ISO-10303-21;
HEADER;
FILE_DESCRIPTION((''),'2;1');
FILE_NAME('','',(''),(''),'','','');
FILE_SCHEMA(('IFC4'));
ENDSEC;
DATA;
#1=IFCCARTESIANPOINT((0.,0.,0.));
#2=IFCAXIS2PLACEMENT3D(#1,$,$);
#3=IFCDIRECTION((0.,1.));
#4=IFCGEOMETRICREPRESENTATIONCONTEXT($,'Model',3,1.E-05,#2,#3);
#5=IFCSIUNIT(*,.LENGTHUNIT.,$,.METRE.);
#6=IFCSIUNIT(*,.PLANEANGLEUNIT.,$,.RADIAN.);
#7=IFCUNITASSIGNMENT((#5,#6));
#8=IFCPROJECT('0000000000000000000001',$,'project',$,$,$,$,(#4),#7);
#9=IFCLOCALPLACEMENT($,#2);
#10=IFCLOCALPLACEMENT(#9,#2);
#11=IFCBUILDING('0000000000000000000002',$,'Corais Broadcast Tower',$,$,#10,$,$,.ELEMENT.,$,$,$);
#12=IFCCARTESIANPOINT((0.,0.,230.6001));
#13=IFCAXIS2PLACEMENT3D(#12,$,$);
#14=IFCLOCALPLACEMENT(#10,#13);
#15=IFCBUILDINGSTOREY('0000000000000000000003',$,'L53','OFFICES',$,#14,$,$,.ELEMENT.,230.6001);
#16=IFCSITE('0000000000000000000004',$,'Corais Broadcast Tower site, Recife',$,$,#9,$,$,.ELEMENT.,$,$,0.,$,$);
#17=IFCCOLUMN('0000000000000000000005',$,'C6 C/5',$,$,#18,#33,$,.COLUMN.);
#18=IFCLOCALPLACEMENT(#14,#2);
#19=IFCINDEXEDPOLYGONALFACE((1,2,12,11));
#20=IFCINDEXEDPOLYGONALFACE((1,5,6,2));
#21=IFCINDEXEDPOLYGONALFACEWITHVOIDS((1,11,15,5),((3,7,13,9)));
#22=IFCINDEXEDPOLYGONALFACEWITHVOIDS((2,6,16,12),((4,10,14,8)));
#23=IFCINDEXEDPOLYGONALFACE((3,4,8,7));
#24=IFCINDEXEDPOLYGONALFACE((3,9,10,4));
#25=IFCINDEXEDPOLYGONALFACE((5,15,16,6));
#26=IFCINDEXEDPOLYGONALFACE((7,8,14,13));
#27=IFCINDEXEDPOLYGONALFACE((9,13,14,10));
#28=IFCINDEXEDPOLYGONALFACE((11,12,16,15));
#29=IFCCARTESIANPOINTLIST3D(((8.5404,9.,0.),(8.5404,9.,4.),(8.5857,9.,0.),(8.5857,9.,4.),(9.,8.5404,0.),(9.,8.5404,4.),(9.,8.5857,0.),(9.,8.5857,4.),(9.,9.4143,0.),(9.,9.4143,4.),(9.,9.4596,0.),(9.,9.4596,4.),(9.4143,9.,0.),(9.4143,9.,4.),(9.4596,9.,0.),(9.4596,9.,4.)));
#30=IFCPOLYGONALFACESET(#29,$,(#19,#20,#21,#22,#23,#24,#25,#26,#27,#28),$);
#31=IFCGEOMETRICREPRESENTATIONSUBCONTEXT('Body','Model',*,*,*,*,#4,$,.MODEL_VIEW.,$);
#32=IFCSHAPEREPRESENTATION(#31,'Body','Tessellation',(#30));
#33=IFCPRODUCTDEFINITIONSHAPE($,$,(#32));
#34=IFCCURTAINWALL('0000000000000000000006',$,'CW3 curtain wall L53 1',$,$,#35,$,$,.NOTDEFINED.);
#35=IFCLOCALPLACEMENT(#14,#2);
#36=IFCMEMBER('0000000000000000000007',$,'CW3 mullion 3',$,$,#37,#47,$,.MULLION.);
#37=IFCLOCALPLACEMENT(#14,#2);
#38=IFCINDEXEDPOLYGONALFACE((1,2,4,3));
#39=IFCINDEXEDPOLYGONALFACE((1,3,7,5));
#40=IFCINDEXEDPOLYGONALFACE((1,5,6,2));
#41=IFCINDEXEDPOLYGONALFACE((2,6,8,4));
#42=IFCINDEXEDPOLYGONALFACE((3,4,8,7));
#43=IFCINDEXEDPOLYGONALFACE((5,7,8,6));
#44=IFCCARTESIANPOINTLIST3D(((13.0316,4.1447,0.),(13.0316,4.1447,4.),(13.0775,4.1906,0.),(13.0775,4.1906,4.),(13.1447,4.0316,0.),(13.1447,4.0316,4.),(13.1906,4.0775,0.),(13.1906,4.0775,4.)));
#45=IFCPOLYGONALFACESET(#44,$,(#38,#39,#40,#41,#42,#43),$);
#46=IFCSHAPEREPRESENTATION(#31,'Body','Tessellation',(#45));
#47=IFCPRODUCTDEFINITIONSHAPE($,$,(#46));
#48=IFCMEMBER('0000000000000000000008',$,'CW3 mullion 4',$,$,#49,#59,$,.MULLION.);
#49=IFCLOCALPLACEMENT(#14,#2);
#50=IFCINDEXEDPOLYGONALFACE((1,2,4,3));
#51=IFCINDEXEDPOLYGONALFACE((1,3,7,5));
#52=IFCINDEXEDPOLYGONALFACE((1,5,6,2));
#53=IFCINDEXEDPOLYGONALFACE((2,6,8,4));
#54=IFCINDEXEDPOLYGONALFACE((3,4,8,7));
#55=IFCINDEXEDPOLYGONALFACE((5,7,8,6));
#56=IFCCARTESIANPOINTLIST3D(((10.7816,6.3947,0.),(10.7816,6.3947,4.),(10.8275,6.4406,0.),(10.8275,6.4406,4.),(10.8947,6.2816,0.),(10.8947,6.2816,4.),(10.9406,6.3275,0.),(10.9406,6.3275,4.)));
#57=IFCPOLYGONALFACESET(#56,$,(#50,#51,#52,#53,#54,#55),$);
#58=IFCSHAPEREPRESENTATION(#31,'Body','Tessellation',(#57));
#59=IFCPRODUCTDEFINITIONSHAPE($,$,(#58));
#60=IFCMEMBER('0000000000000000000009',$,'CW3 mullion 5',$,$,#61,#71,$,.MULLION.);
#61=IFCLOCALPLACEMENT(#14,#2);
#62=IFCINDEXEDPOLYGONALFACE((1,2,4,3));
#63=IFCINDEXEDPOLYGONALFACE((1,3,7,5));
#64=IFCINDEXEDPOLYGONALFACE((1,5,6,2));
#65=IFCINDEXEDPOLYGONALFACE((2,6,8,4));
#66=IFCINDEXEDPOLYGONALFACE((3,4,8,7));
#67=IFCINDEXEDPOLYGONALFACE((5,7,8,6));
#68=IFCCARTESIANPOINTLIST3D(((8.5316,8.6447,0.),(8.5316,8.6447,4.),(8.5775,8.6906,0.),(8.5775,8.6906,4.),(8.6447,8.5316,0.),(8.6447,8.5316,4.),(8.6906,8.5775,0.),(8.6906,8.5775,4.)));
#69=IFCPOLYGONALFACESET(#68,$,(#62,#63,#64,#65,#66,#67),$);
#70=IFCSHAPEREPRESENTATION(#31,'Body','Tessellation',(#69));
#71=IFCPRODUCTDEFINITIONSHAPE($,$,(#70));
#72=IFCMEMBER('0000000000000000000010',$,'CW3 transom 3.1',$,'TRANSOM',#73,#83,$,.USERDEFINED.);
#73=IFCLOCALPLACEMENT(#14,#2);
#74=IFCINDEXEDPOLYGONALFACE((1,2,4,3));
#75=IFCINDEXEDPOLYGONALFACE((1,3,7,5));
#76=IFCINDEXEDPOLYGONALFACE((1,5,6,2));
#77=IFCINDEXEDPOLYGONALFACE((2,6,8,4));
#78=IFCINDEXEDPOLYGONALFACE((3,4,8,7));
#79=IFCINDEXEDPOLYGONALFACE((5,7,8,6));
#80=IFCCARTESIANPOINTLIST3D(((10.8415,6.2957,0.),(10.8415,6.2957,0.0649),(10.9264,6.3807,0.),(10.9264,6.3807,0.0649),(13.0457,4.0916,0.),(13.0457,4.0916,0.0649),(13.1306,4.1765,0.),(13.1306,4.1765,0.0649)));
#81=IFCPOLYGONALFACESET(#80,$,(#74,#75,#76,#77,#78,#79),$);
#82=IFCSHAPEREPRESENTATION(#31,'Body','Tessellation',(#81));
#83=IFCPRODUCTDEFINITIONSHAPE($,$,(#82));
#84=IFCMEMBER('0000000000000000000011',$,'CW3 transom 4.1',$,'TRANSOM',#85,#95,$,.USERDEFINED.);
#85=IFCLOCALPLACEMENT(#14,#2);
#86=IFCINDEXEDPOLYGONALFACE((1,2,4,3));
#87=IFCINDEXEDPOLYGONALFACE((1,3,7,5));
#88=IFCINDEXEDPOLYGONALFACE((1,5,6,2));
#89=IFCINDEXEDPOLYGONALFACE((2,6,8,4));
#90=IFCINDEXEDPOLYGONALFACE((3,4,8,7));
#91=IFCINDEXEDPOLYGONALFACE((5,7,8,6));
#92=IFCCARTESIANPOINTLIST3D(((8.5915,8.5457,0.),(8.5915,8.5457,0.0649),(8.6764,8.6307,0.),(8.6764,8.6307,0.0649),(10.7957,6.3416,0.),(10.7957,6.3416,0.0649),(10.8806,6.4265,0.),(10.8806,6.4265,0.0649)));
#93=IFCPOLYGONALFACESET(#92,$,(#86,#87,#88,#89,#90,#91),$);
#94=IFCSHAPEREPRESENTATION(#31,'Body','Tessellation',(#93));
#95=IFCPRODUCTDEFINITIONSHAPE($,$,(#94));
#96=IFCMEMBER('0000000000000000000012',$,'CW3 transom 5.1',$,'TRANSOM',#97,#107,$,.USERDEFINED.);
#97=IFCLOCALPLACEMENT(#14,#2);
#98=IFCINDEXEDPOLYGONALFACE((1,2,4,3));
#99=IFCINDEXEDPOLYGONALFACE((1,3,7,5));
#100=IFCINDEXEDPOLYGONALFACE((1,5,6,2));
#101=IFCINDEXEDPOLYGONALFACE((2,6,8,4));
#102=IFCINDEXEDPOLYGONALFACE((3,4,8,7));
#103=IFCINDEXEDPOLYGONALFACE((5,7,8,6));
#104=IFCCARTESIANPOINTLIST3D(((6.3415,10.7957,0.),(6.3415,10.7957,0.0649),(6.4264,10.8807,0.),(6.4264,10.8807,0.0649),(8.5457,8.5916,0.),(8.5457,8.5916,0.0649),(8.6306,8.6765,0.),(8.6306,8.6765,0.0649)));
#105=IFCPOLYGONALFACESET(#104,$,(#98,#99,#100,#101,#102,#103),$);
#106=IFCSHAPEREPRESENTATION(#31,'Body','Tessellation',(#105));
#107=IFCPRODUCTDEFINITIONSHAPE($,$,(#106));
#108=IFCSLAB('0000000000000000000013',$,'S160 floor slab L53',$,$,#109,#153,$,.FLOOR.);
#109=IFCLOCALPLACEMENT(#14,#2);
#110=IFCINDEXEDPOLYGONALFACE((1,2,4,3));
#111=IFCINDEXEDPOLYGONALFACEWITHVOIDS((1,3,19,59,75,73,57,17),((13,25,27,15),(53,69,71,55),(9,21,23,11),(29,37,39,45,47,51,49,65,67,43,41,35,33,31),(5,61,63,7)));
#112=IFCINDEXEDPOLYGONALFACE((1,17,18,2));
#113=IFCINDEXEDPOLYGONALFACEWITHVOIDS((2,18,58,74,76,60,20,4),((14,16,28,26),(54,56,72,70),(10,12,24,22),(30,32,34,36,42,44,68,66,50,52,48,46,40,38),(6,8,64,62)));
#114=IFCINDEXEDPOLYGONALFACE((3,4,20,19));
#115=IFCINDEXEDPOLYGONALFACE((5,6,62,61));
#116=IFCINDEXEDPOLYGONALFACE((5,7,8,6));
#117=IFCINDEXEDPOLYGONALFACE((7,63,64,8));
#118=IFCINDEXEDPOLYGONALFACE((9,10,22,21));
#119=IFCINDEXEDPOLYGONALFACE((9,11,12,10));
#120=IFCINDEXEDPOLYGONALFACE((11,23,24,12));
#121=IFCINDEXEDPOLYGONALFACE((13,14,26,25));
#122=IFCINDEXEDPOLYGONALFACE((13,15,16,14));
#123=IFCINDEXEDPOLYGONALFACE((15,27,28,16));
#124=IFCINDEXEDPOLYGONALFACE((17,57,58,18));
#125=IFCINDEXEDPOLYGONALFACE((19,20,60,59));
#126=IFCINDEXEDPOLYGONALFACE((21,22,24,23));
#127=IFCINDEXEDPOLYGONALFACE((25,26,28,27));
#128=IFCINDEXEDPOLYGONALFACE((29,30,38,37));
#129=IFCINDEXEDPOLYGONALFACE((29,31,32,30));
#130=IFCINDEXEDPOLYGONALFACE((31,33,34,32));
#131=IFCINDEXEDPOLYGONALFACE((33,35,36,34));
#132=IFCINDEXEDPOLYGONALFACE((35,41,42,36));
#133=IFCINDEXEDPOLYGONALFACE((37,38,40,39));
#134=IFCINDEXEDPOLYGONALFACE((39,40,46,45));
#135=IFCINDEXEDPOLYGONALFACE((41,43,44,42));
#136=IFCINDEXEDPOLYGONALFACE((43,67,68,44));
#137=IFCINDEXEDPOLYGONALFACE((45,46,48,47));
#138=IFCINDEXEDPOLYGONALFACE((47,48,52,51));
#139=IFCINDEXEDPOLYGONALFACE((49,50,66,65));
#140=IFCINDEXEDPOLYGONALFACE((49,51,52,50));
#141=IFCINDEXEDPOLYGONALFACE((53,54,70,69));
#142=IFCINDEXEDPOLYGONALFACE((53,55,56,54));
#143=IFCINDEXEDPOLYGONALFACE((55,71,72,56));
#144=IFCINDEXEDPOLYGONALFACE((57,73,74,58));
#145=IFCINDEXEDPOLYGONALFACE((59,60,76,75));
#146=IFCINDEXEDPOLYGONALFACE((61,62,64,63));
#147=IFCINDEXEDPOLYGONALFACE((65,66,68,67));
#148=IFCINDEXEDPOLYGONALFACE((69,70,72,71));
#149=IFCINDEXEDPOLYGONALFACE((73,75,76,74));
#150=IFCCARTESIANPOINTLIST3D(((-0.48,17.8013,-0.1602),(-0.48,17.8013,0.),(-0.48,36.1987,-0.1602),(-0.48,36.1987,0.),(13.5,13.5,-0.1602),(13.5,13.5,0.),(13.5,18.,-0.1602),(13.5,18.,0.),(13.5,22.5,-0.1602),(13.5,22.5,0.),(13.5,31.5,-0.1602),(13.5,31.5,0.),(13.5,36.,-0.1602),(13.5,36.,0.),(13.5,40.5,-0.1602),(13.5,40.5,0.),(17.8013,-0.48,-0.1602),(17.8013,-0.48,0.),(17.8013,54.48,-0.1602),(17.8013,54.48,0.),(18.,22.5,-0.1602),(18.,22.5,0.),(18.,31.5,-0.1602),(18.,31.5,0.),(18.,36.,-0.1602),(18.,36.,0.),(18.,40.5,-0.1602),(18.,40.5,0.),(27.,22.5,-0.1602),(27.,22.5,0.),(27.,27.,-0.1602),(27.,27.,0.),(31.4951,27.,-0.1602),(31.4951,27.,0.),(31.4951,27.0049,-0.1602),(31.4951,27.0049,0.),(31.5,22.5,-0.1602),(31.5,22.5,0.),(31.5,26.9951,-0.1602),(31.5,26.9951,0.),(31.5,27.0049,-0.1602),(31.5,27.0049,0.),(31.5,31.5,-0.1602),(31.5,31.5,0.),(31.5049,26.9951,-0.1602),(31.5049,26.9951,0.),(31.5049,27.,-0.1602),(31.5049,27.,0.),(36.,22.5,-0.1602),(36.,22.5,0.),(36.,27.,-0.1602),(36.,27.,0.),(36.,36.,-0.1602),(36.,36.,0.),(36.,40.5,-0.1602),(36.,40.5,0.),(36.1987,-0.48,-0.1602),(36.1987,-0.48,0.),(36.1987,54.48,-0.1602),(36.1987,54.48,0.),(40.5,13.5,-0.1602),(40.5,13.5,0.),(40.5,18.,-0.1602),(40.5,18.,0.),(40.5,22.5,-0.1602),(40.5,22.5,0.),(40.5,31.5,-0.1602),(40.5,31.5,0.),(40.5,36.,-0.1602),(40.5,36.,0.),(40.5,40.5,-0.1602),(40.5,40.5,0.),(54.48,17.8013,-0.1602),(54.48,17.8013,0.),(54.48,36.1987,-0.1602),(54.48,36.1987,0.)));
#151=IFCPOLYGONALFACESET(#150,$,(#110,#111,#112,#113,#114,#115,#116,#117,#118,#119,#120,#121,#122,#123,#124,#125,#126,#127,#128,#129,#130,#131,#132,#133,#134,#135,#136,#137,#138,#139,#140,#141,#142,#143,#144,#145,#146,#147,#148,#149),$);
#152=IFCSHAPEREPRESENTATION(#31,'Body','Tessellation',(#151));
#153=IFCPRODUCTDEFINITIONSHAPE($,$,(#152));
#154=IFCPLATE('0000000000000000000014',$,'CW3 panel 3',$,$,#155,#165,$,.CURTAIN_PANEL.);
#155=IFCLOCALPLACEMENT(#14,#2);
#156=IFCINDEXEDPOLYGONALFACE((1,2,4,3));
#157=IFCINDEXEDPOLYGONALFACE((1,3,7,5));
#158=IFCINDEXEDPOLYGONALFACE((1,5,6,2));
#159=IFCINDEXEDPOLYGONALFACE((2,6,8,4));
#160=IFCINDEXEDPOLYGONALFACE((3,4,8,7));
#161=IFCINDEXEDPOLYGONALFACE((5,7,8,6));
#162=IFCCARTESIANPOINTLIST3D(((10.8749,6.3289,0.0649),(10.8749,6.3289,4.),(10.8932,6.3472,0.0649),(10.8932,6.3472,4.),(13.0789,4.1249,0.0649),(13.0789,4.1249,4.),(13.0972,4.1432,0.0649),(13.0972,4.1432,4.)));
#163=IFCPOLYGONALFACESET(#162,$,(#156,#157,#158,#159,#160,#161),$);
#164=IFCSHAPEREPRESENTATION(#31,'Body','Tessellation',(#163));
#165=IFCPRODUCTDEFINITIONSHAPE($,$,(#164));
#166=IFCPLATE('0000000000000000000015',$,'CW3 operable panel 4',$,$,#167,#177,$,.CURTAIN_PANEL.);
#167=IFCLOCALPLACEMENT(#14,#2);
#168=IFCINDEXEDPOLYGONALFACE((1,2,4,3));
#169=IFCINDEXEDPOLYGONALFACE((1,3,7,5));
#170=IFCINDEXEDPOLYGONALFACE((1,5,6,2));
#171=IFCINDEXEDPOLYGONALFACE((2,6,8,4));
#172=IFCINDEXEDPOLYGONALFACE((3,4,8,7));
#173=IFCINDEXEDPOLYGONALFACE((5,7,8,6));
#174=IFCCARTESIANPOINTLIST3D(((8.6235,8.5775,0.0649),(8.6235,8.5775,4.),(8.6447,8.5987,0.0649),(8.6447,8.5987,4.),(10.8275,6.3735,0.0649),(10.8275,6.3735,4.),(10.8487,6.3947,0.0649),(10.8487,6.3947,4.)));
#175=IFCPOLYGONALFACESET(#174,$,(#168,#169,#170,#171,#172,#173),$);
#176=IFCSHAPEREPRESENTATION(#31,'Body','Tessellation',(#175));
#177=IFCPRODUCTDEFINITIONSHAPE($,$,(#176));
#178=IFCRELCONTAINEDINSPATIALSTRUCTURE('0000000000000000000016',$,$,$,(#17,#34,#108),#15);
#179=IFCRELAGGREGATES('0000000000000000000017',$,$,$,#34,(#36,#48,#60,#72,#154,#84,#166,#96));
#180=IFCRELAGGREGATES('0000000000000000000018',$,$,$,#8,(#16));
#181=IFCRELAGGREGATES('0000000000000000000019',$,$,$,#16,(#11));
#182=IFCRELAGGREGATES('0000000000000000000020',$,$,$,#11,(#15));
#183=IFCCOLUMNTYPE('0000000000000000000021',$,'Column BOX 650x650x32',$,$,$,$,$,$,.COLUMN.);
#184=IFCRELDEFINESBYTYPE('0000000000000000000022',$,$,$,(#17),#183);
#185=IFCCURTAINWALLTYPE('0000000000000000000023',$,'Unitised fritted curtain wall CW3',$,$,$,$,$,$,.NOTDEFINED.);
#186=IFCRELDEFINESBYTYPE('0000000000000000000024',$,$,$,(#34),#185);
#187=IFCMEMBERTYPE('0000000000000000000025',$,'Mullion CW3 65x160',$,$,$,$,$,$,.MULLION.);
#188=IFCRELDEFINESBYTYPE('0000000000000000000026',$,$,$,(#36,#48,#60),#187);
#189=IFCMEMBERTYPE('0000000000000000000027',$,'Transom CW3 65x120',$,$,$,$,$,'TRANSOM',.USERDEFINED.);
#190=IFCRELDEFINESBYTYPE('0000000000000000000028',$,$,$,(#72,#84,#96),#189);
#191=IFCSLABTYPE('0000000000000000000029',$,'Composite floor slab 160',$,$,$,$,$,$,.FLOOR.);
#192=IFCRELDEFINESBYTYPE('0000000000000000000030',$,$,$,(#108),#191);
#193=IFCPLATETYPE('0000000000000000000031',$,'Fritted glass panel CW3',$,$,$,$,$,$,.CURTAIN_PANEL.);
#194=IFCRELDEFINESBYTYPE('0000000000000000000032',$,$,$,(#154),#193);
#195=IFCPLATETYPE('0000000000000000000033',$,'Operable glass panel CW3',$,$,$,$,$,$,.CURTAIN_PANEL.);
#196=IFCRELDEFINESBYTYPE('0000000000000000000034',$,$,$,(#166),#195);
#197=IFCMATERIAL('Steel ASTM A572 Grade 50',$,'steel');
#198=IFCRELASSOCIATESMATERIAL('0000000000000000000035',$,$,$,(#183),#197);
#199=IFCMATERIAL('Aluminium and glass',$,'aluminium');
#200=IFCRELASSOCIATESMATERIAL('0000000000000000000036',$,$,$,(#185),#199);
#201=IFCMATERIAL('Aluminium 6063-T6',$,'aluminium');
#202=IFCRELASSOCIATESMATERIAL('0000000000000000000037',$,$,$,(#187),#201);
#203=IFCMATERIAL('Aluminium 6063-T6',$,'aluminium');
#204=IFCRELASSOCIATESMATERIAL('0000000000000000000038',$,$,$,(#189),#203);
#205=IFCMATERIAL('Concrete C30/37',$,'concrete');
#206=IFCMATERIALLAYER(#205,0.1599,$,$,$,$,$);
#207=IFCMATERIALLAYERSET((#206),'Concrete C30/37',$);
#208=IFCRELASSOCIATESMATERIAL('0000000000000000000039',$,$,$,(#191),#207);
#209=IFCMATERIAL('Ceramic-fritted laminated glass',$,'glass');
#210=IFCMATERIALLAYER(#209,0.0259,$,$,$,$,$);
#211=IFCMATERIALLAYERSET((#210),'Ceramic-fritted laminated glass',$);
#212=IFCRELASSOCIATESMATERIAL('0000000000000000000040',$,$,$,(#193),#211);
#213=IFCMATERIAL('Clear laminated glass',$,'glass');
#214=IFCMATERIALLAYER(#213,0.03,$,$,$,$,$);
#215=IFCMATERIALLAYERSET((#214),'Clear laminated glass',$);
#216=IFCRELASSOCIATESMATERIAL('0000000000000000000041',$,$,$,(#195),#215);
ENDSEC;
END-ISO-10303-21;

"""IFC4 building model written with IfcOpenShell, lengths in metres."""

from ifc_helpers import new_model, si_unit, direction, frame, origin, origin_2d, place, context, subcontext, project, spatial, polyline, rectangle, hollow_rectangle, outline, extrude, material, layer, layer_set, material_profile, profile_set, type_object, element, aggregate, save


model = new_model("IFC4")

# Units and contexts
model_context = context("Model", 3, precision=1e-05, world=origin(), true_north=direction((0.0, 1.0)))
body_context = subcontext(model_context, "Body", "Model", "MODEL_VIEW")
ifc_project = project(units=[si_unit("LENGTHUNIT", "METRE"), si_unit("PLANEANGLEUNIT", "RADIAN")], contexts=[model_context])

# Site, building, storey
site_placement = place(None, origin())
site = spatial("IfcSite", under=ifc_project, at=site_placement, Name="Corais Broadcast Tower site, Recife", CompositionType="ELEMENT", RefElevation=0.0)
building_placement = place(site_placement, origin())
building = spatial("IfcBuilding", under=site, at=building_placement, Name="Corais Broadcast Tower", CompositionType="ELEMENT")
storey_placement = place(building_placement, frame((0.0, 0.0, 230.6001)))
storey = spatial("IfcBuildingStorey", under=building, at=storey_placement, Name="L53", Description="OFFICES", CompositionType="ELEMENT", Elevation=230.6001)

# Column
ifc_material_1 = material(Name="Steel ASTM A572 Grade 50", Category="steel")
ifc_material_profile_1 = material_profile(ifc_material_1, hollow_rectangle(XDim=0.6499, YDim=0.6499, WallThickness=0.032, at=origin_2d()), Name="BOX 650x650x32")
ifc_profile_set_1 = profile_set([ifc_material_profile_1], Name="Steel ASTM A572 Grade 50")
column_type = type_object("IfcColumnType", Name="Column BOX 650x650x32", PredefinedType="COLUMN", material=ifc_profile_set_1)
column_placement = place(storey_placement, frame((9.0, 9.0, 0.0), z_axis=(0.0, 0.0, 1.0), x_axis=(0.707107, 0.707107, 0.0)))
element("IfcColumn", 1, at=column_placement, inside=storey, type_object=column_type, Name="C6 C/5", PredefinedType="COLUMN", context=body_context, shape_type="SweptSolid", body=[
    extrude(hollow_rectangle(XDim=0.6499, YDim=0.6499, WallThickness=0.032, at=origin_2d()), origin(), (0.0, 0.0, 1.0), 4.0),
])

# Curtain wall, members
ifc_material_2 = material(Name="Aluminium and glass", Category="aluminium")
curtain_wall_type = type_object("IfcCurtainWallType", Name="Unitised fritted curtain wall CW3", PredefinedType="NOTDEFINED", material=ifc_material_2)
curtain_wall_placement = place(storey_placement, origin())
curtain_wall = element("IfcCurtainWall", 2, at=curtain_wall_placement, inside=storey, type_object=curtain_wall_type, Name="CW3 curtain wall L53 1", PredefinedType="NOTDEFINED")
ifc_material_3 = material(Name="Aluminium 6063-T6", Category="aluminium")
ifc_material_profile_2 = material_profile(ifc_material_3, rectangle(XDim=0.0649, YDim=0.1599, at=origin_2d()), Name="Mullion CW3 65x160")
ifc_profile_set_2 = profile_set([ifc_material_profile_2], Name="Aluminium 6063-T6")
member_type_1 = type_object("IfcMemberType", Name="Mullion CW3 65x160", PredefinedType="MULLION", material=ifc_profile_set_2)
member_1_placement = place(storey_placement, frame((13.1111, 4.1111, 0.0), z_axis=(0.0, 0.0, 1.0), x_axis=(-0.707107, -0.707107, 0.0)))
member_1 = element("IfcMember", 3, at=member_1_placement, type_object=member_type_1, Name="CW3 mullion 3", PredefinedType="MULLION", context=body_context, shape_type="SweptSolid", body=[
    extrude(rectangle(XDim=0.0649, YDim=0.1599, at=origin_2d()), origin(), (0.0, 0.0, 1.0), 4.0),
])
member_2_placement = place(storey_placement, frame((10.8611, 6.3611, 0.0), z_axis=(0.0, 0.0, 1.0), x_axis=(-0.707107, -0.707107, 0.0)))
member_2 = element("IfcMember", 4, at=member_2_placement, type_object=member_type_1, Name="CW3 mullion 4", PredefinedType="MULLION", context=body_context, shape_type="SweptSolid", body=[
    extrude(rectangle(XDim=0.0649, YDim=0.1599, at=origin_2d()), origin(), (0.0, 0.0, 1.0), 4.0),
])
member_3_placement = place(storey_placement, frame((8.6111, 8.6111, 0.0), z_axis=(0.0, 0.0, 1.0), x_axis=(-0.707107, -0.707107, 0.0)))
member_3 = element("IfcMember", 5, at=member_3_placement, type_object=member_type_1, Name="CW3 mullion 5", PredefinedType="MULLION", context=body_context, shape_type="SweptSolid", body=[
    extrude(rectangle(XDim=0.0649, YDim=0.1599, at=origin_2d()), origin(), (0.0, 0.0, 1.0), 4.0),
])
ifc_material_4 = material(Name="Aluminium 6063-T6", Category="aluminium")
ifc_material_profile_3 = material_profile(ifc_material_4, rectangle(XDim=0.1201, YDim=0.0649, at=origin_2d()), Name="Transom CW3 65x120")
ifc_profile_set_3 = profile_set([ifc_material_profile_3], Name="Aluminium 6063-T6")
member_type_2 = type_object("IfcMemberType", Name="Transom CW3 65x120", ElementType="TRANSOM", PredefinedType="USERDEFINED", material=ifc_profile_set_3)
member_4_placement = place(storey_placement, frame((13.0881, 4.134, 0.0325), z_axis=(-0.707107, 0.707107, 0.0), x_axis=(-0.707107, -0.707107, 0.0)))
member_4 = element("IfcMember", 6, at=member_4_placement, type_object=member_type_2, Name="CW3 transom 3.1", ObjectType="TRANSOM", PredefinedType="USERDEFINED", context=body_context, shape_type="SweptSolid", body=[
    extrude(rectangle(XDim=0.1201, YDim=0.0649, at=origin_2d()), origin(), (0.0, 0.0, 1.0), 3.1172),
])
member_5_placement = place(storey_placement, frame((10.8381, 6.384, 0.0325), z_axis=(-0.707107, 0.707107, 0.0), x_axis=(-0.707107, -0.707107, 0.0)))
member_5 = element("IfcMember", 7, at=member_5_placement, type_object=member_type_2, Name="CW3 transom 4.1", ObjectType="TRANSOM", PredefinedType="USERDEFINED", context=body_context, shape_type="SweptSolid", body=[
    extrude(rectangle(XDim=0.1201, YDim=0.0649, at=origin_2d()), origin(), (0.0, 0.0, 1.0), 3.1172),
])
member_6_placement = place(storey_placement, frame((8.5881, 8.634, 0.0325), z_axis=(-0.707107, 0.707107, 0.0), x_axis=(-0.707107, -0.707107, 0.0)))
member_6 = element("IfcMember", 8, at=member_6_placement, type_object=member_type_2, Name="CW3 transom 5.1", ObjectType="TRANSOM", PredefinedType="USERDEFINED", context=body_context, shape_type="SweptSolid", body=[
    extrude(rectangle(XDim=0.1201, YDim=0.0649, at=origin_2d()), origin(), (0.0, 0.0, 1.0), 3.1172),
])

# Slab
ifc_material_5 = material(Name="Concrete C30/37", Category="concrete")
ifc_layer_1 = layer(ifc_material_5, 0.1599)
ifc_layer_set_1 = layer_set([ifc_layer_1], Name="Concrete C30/37")
slab_type_1 = type_object("IfcSlabType", Name="Composite floor slab 160", PredefinedType="FLOOR", material=ifc_layer_set_1)
slab_1_placement = place(storey_placement, frame((0.0, 0.0, -0.1602)))
element("IfcSlab", 9, at=slab_1_placement, inside=storey, type_object=slab_type_1, Name="S160 floor slab L53", PredefinedType="FLOOR", context=body_context, shape_type="SweptSolid", body=[
    extrude(outline(polyline([(17.8013, -0.48), (-0.48, 17.8013), (-0.48, 36.1987), (17.8013, 54.48), (36.1987, 54.48), (54.48, 36.1987), (54.48, 17.8013), (36.1987, -0.48), (17.8013, -0.48)]), holes=[polyline([(13.5, 18.0), (40.5, 18.0), (40.5, 13.5), (13.5, 13.5), (13.5, 18.0)]), polyline([(18.0, 22.5), (13.5, 22.5), (13.5, 31.5), (18.0, 31.5), (18.0, 22.5)]), polyline([(18.0, 36.0), (13.5, 36.0), (13.5, 40.5), (18.0, 40.5), (18.0, 36.0)]), polyline([(31.5, 22.5), (27.0, 22.5), (27.0, 27.0), (31.4951, 27.0), (31.4951, 27.0049), (31.5, 27.0049), (31.5, 31.5), (40.5, 31.5), (40.5, 22.5), (36.0, 22.5), (36.0, 27.0), (31.5049, 27.0), (31.5049, 26.9951), (31.5, 26.9951), (31.5, 22.5)]), polyline([(40.5, 36.0), (36.0, 36.0), (36.0, 40.5), (40.5, 40.5), (40.5, 36.0)])]), origin(), (0.0, 0.0, 1.0), 0.1602),
])

# Plates
ifc_material_6 = material(Name="Ceramic-fritted laminated glass", Category="glass")
ifc_layer_2 = layer(ifc_material_6, 0.0259)
ifc_layer_set_2 = layer_set([ifc_layer_2], Name="Ceramic-fritted laminated glass")
plate_type_1 = type_object("IfcPlateType", Name="Fritted glass panel CW3", PredefinedType="CURTAIN_PANEL", material=ifc_layer_set_2)
plate_1_placement = place(storey_placement, frame((11.9861, 5.2361, 0.0649), z_axis=(0.0, 0.0, 1.0), x_axis=(-0.707107, 0.707107, 0.0)))
plate_1 = element("IfcPlate", 10, at=plate_1_placement, type_object=plate_type_1, Name="CW3 panel 3", PredefinedType="CURTAIN_PANEL", context=body_context, shape_type="SweptSolid", body=[
    extrude(rectangle(XDim=3.1169, YDim=0.0259, at=origin_2d()), origin(), (0.0, 0.0, 1.0), 3.9351),
])
ifc_material_7 = material(Name="Clear laminated glass", Category="glass")
ifc_layer_3 = layer(ifc_material_7, 0.03)
ifc_layer_set_3 = layer_set([ifc_layer_3], Name="Clear laminated glass")
plate_type_2 = type_object("IfcPlateType", Name="Operable glass panel CW3", PredefinedType="CURTAIN_PANEL", material=ifc_layer_set_3)
plate_2_placement = place(storey_placement, frame((9.7361, 7.4861, 0.0649), z_axis=(0.0, 0.0, 1.0), x_axis=(-0.707107, 0.707107, 0.0)))
plate_2 = element("IfcPlate", 11, at=plate_2_placement, type_object=plate_type_2, Name="CW3 operable panel 4", PredefinedType="CURTAIN_PANEL", context=body_context, shape_type="SweptSolid", body=[
    extrude(rectangle(XDim=3.1169, YDim=0.03, at=origin_2d()), origin(), (0.0, 0.0, 1.0), 3.9351),
])
aggregate(curtain_wall, [member_1, member_2, member_3, member_4, plate_1, member_5, plate_2, member_6])

save(model, "model.ifc")
